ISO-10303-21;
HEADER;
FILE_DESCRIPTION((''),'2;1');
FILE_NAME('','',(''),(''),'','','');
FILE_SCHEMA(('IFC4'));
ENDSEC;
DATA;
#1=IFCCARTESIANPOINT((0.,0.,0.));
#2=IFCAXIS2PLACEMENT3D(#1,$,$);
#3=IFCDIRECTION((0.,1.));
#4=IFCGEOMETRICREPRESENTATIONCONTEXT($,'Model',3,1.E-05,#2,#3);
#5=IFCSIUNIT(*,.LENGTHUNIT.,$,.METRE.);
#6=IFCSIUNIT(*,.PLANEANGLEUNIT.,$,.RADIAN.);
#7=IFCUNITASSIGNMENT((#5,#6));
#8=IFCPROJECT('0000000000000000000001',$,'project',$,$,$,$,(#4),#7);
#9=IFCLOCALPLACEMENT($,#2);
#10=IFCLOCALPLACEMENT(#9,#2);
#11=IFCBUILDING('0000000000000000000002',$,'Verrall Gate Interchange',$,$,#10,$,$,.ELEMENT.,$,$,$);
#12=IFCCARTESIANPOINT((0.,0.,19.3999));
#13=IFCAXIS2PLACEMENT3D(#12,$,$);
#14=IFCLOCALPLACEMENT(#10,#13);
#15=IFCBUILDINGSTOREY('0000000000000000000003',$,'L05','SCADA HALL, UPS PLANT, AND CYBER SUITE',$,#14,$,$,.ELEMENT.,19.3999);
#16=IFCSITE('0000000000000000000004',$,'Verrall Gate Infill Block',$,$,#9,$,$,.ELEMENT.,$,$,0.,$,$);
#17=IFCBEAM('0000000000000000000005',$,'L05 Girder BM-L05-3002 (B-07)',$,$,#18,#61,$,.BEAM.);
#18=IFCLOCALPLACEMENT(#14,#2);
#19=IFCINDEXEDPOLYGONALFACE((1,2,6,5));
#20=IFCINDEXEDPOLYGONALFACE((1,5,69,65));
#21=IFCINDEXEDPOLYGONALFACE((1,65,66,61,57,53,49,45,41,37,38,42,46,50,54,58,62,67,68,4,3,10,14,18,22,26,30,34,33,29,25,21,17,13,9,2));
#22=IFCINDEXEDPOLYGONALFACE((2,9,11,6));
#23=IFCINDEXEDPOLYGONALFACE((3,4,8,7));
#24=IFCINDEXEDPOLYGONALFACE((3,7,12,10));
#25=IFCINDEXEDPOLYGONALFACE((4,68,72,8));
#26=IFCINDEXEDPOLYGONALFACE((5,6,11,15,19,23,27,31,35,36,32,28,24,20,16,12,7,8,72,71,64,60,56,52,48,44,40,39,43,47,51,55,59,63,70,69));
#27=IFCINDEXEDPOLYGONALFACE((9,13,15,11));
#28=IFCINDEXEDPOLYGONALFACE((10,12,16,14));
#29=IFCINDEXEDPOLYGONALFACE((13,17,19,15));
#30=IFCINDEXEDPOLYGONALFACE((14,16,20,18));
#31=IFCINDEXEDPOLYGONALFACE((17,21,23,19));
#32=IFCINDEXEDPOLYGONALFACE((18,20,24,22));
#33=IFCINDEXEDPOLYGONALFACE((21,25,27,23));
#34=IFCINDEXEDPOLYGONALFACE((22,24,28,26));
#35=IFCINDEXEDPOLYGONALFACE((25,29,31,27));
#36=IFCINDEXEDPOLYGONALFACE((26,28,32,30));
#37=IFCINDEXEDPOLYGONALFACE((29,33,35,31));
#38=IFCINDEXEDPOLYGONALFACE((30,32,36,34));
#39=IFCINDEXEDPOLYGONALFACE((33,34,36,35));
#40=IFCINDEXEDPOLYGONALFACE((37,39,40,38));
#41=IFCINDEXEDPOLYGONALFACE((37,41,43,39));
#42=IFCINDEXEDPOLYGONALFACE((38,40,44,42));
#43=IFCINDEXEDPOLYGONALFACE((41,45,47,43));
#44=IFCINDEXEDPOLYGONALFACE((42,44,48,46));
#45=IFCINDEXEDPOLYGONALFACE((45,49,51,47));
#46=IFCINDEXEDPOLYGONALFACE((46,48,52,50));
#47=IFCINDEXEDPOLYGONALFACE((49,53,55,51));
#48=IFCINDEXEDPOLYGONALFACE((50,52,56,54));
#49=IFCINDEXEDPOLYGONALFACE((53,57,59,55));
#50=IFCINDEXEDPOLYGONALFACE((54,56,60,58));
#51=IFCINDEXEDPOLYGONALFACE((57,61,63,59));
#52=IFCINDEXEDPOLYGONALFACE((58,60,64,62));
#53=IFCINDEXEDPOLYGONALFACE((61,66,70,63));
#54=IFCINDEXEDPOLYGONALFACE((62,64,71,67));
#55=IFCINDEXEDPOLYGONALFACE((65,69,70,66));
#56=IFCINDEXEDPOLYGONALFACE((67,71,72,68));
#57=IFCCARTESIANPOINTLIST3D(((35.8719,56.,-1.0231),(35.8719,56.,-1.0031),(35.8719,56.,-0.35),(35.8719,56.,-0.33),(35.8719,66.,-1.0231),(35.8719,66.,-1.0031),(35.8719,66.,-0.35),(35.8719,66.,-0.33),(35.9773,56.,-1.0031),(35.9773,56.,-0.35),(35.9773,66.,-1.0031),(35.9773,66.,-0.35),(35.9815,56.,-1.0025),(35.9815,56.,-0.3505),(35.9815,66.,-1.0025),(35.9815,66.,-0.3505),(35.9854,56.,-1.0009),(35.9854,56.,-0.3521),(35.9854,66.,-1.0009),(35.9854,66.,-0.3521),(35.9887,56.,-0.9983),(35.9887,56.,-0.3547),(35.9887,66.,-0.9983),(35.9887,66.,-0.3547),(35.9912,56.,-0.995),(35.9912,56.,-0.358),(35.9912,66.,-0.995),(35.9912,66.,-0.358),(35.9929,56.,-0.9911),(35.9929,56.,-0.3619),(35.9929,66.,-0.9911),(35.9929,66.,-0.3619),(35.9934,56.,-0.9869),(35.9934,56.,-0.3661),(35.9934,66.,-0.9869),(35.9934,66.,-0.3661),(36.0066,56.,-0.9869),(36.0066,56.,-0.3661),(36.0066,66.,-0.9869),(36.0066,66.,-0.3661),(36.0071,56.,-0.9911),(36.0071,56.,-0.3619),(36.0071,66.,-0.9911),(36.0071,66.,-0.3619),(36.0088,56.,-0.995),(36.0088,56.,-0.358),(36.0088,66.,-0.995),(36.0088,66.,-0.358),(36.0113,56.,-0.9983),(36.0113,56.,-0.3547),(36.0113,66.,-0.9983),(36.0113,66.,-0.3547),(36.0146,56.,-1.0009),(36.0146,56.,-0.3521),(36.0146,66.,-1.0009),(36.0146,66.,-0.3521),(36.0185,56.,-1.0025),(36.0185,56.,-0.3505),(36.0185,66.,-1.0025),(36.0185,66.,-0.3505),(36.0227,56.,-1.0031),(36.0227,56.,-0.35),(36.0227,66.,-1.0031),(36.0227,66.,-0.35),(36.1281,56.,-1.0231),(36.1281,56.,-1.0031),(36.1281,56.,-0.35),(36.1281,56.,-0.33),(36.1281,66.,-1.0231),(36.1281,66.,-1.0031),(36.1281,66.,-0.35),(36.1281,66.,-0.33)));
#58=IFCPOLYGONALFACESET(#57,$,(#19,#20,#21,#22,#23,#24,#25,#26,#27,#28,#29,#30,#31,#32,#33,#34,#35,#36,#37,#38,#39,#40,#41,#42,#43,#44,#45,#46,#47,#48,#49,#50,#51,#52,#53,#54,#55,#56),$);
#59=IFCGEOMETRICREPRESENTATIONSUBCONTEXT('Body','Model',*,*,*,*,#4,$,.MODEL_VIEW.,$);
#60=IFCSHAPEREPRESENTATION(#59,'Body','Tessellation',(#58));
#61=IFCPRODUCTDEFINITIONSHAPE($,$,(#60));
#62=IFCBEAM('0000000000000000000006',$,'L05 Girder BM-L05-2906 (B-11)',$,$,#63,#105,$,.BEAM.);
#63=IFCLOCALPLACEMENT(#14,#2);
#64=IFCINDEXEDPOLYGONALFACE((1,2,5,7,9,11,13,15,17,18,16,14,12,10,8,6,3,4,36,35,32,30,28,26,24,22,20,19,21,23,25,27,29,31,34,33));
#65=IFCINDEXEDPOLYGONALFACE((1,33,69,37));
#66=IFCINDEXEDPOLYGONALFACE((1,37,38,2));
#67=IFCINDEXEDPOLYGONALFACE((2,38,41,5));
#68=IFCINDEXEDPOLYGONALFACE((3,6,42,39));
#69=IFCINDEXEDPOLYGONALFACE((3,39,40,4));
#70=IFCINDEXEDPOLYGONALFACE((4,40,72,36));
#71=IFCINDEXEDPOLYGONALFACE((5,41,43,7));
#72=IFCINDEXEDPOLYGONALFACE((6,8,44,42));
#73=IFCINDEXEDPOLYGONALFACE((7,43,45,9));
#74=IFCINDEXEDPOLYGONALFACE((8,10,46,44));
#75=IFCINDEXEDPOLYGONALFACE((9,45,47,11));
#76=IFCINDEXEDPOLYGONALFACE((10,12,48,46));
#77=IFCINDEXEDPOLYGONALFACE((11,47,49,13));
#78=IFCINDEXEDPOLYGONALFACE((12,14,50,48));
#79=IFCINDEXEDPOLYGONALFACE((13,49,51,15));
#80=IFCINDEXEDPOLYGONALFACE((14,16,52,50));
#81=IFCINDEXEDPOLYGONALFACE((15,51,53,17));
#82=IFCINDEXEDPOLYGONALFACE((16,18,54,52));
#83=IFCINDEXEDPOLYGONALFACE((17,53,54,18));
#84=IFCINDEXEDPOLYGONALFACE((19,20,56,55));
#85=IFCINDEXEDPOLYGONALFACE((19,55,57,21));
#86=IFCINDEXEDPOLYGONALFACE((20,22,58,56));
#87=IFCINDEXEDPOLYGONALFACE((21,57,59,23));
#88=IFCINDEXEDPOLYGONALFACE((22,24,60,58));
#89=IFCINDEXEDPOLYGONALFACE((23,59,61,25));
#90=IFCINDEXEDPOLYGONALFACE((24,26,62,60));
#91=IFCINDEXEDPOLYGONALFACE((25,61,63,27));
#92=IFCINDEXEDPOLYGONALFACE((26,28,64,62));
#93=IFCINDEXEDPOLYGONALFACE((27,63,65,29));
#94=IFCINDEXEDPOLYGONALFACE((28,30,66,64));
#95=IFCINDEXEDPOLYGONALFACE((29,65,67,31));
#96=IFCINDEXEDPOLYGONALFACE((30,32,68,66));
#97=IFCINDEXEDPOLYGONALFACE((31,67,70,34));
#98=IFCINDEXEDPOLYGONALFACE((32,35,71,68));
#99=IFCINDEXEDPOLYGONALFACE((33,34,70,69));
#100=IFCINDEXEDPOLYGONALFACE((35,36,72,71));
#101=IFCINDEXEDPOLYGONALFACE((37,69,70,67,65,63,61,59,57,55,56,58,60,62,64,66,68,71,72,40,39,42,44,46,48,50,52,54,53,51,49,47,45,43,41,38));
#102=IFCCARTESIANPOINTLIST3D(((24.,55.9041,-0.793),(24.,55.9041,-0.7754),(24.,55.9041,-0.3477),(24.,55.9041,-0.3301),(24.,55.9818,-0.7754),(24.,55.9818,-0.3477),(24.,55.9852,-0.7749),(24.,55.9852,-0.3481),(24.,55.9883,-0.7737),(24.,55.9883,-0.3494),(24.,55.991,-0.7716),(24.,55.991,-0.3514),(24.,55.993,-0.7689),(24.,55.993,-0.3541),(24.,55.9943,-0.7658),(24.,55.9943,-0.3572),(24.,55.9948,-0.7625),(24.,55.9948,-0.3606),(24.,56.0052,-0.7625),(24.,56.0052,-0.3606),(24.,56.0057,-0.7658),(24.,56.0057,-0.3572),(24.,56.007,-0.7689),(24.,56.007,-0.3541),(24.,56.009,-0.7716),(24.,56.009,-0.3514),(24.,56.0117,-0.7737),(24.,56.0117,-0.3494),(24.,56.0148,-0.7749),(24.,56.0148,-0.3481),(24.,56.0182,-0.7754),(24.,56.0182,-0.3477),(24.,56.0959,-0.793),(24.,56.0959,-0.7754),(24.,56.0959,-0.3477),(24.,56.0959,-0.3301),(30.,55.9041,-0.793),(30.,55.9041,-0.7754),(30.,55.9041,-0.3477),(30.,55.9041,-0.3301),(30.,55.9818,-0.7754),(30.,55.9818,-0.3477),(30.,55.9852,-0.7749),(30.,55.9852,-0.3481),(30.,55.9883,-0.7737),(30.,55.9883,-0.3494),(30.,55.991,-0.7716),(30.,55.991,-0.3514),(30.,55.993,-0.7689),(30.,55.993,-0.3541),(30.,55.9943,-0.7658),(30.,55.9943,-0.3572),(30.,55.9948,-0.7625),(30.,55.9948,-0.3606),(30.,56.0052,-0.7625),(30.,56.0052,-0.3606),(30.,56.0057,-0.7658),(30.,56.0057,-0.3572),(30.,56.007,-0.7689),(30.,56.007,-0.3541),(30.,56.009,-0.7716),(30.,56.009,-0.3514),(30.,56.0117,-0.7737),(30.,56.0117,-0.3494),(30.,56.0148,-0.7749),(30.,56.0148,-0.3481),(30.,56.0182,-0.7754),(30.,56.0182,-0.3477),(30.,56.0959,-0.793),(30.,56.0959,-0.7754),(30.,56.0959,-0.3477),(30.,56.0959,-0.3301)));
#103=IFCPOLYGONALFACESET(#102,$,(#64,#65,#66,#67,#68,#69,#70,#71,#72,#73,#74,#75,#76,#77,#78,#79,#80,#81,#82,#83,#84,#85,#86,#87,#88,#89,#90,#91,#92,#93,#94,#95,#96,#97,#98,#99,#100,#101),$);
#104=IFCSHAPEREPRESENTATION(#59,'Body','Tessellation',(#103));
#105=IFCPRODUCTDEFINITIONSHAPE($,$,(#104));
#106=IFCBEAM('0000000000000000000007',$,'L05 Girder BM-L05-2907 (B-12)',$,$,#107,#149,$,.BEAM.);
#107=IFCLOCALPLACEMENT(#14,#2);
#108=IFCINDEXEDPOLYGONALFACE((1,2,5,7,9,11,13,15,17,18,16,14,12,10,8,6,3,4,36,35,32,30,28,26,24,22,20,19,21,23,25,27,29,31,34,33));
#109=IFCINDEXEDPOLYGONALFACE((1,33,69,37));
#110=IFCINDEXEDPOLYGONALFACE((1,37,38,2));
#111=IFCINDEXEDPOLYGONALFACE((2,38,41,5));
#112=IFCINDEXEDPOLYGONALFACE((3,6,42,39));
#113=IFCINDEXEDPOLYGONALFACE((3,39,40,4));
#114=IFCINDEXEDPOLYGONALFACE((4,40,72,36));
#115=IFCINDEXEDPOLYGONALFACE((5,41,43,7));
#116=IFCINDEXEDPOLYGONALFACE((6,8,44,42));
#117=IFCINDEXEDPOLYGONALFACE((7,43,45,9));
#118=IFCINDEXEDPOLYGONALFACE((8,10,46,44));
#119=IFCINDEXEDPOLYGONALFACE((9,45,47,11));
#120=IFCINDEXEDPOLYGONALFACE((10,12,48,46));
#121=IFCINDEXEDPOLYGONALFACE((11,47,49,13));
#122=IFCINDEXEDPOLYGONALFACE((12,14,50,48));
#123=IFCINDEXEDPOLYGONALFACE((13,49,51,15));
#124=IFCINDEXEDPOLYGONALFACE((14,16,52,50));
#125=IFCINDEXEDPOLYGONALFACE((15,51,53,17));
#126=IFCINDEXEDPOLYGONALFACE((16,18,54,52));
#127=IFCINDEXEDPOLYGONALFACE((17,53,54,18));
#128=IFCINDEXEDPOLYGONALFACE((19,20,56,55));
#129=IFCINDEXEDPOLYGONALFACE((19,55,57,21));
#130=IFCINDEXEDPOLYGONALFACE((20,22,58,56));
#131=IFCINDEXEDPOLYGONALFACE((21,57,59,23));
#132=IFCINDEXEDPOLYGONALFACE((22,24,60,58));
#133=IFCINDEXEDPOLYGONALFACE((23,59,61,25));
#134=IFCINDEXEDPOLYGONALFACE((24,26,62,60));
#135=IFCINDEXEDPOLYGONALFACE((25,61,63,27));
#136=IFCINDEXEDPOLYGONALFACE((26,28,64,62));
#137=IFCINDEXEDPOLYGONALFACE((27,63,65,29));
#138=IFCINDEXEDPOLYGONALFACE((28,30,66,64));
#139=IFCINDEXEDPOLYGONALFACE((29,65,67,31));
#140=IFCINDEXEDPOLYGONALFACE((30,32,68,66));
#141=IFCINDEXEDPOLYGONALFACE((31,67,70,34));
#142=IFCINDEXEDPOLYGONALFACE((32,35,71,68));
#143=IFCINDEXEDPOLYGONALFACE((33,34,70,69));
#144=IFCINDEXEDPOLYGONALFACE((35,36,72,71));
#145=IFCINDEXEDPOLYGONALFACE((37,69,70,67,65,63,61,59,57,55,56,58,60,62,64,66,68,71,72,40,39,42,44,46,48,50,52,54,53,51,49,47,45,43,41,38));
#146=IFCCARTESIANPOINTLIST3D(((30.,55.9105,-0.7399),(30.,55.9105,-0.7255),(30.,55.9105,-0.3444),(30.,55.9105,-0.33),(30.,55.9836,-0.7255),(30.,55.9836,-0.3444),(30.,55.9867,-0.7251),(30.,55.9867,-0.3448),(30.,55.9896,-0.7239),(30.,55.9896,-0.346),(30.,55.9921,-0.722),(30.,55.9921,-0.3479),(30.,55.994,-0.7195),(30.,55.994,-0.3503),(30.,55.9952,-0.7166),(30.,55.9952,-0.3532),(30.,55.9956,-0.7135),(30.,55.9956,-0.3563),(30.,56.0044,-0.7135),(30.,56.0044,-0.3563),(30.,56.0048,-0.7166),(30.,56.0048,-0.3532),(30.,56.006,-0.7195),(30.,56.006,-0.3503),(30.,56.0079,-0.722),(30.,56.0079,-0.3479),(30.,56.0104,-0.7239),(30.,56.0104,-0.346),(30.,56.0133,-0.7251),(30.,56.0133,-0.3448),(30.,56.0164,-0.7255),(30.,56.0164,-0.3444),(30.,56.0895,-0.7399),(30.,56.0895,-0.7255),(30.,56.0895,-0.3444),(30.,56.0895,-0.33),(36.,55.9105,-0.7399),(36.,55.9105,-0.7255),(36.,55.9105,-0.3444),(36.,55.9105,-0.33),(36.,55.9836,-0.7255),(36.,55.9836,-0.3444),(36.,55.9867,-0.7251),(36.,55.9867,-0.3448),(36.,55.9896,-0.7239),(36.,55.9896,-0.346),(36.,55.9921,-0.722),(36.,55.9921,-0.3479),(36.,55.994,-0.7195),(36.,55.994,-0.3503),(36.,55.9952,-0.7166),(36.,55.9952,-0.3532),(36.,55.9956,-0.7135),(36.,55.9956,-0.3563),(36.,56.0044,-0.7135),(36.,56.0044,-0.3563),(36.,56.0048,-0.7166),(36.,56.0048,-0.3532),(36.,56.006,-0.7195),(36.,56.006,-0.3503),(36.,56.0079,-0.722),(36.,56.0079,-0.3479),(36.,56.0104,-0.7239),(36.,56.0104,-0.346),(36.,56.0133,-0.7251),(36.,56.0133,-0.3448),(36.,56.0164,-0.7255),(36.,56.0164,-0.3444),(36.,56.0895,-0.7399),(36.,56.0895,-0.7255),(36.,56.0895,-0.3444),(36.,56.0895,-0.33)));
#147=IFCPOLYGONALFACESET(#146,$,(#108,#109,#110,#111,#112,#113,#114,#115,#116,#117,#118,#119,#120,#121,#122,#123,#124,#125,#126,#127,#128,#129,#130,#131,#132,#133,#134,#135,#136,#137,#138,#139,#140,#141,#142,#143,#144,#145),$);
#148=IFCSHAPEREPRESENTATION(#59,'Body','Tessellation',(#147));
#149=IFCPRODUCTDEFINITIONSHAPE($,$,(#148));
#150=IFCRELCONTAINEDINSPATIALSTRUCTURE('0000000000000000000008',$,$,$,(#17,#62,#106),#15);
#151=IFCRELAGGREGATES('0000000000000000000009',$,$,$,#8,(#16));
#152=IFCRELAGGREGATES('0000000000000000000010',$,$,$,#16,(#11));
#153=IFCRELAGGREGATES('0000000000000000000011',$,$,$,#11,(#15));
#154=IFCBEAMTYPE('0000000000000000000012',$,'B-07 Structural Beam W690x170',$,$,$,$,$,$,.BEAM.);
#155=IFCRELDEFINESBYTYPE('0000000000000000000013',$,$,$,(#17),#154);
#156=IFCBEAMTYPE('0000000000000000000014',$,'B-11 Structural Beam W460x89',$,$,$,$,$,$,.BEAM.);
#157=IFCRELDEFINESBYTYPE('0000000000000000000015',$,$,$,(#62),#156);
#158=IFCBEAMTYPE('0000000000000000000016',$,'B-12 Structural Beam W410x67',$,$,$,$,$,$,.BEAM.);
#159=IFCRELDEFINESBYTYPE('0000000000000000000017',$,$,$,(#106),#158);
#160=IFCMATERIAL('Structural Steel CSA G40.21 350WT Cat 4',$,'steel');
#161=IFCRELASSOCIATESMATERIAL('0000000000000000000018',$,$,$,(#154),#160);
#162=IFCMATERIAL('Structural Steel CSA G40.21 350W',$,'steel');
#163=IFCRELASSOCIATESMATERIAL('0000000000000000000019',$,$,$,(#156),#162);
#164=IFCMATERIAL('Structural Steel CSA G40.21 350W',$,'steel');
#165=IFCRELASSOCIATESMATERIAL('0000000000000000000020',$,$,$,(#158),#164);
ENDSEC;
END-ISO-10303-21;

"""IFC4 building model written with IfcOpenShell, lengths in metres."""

from ifc_helpers import new_model, si_unit, direction, frame, origin, origin_2d, place, context, subcontext, project, spatial, i_section, extrude, material, material_profile, profile_set, type_object, element, save


model = new_model("IFC4")

# Units and contexts
model_context = context("Model", 3, precision=1e-05, world=origin(), true_north=direction((0.0, 1.0)))
body_context = subcontext(model_context, "Body", "Model", "MODEL_VIEW")
ifc_project = project(units=[si_unit("LENGTHUNIT", "METRE"), si_unit("PLANEANGLEUNIT", "RADIAN")], contexts=[model_context])

# Site, building, storey
site_placement = place(None, origin())
site = spatial("IfcSite", under=ifc_project, at=site_placement, Name="Verrall Gate Infill Block", CompositionType="ELEMENT", RefElevation=0.0)
building_placement = place(site_placement, origin())
building = spatial("IfcBuilding", under=site, at=building_placement, Name="Verrall Gate Interchange", CompositionType="ELEMENT")
storey_placement = place(building_placement, frame((0.0, 0.0, 19.3999)))
storey = spatial("IfcBuildingStorey", under=building, at=storey_placement, Name="L05", Description="SCADA HALL, UPS PLANT, AND CYBER SUITE", CompositionType="ELEMENT", Elevation=19.3999)

# Beams
ifc_material_1 = material(Name="Structural Steel CSA G40.21 350WT Cat 4", Category="steel")
ifc_material_profile_1 = material_profile(ifc_material_1, i_section(OverallWidth=0.2561, OverallDepth=0.6931, WebThickness=0.0132, FlangeThickness=0.02, FilletRadius=0.0161, at=origin_2d()), Name="W690x170")
ifc_profile_set_1 = profile_set([ifc_material_profile_1], Name="Structural Steel CSA G40.21 350WT Cat 4")
beam_type_1 = type_object("IfcBeamType", Name="B-07 Structural Beam W690x170", PredefinedType="BEAM", material=ifc_profile_set_1)
beam_1_placement = place(storey_placement, frame((36.0, 56.0, -0.6765), z_axis=(0.0, 1.0, 0.0), x_axis=(-1.0, 0.0, 0.0)))
element("IfcBeam", 1, at=beam_1_placement, inside=storey, type_object=beam_type_1, Name="L05 Girder BM-L05-3002 (B-07)", PredefinedType="BEAM", context=body_context, shape_type="SweptSolid", body=[
    extrude(i_section(OverallWidth=0.2561, OverallDepth=0.6931, WebThickness=0.0132, FlangeThickness=0.02, FilletRadius=0.0161, at=origin_2d()), origin(), (0.0, 0.0, 1.0), 10.0),
])
ifc_material_2 = material(Name="Structural Steel CSA G40.21 350W", Category="steel")
ifc_material_profile_2 = material_profile(ifc_material_2, i_section(OverallWidth=0.1919, OverallDepth=0.4629, WebThickness=0.0105, FlangeThickness=0.0176, FilletRadius=0.0129, at=origin_2d()), Name="W460x89")
ifc_profile_set_2 = profile_set([ifc_material_profile_2], Name="Structural Steel CSA G40.21 350W")
beam_type_2 = type_object("IfcBeamType", Name="B-11 Structural Beam W460x89", PredefinedType="BEAM", material=ifc_profile_set_2)
beam_2_placement = place(storey_placement, frame((24.0, 56.0, -0.5615), z_axis=(1.0, 0.0, 0.0), x_axis=(0.0, 1.0, 0.0)))
element("IfcBeam", 2, at=beam_2_placement, inside=storey, type_object=beam_type_2, Name="L05 Girder BM-L05-2906 (B-11)", PredefinedType="BEAM", context=body_context, shape_type="SweptSolid", body=[
    extrude(i_section(OverallWidth=0.1919, OverallDepth=0.4629, WebThickness=0.0105, FlangeThickness=0.0176, FilletRadius=0.0129, at=origin_2d()), origin(), (0.0, 0.0, 1.0), 6.0),
])
ifc_material_3 = material(Name="Structural Steel CSA G40.21 350W", Category="steel")
ifc_material_profile_3 = material_profile(ifc_material_3, i_section(OverallWidth=0.179, OverallDepth=0.4099, WebThickness=0.0088, FlangeThickness=0.0144, FilletRadius=0.012, at=origin_2d()), Name="W410x67")
ifc_profile_set_3 = profile_set([ifc_material_profile_3], Name="Structural Steel CSA G40.21 350W")
beam_type_3 = type_object("IfcBeamType", Name="B-12 Structural Beam W410x67", PredefinedType="BEAM", material=ifc_profile_set_3)
beam_3_placement = place(storey_placement, frame((30.0, 56.0, -0.5349), z_axis=(1.0, 0.0, 0.0), x_axis=(0.0, 1.0, 0.0)))
element("IfcBeam", 3, at=beam_3_placement, inside=storey, type_object=beam_type_3, Name="L05 Girder BM-L05-2907 (B-12)", PredefinedType="BEAM", context=body_context, shape_type="SweptSolid", body=[
    extrude(i_section(OverallWidth=0.179, OverallDepth=0.4099, WebThickness=0.0088, FlangeThickness=0.0144, FilletRadius=0.012, at=origin_2d()), origin(), (0.0, 0.0, 1.0), 6.0),
])

save(model, "model.ifc")
